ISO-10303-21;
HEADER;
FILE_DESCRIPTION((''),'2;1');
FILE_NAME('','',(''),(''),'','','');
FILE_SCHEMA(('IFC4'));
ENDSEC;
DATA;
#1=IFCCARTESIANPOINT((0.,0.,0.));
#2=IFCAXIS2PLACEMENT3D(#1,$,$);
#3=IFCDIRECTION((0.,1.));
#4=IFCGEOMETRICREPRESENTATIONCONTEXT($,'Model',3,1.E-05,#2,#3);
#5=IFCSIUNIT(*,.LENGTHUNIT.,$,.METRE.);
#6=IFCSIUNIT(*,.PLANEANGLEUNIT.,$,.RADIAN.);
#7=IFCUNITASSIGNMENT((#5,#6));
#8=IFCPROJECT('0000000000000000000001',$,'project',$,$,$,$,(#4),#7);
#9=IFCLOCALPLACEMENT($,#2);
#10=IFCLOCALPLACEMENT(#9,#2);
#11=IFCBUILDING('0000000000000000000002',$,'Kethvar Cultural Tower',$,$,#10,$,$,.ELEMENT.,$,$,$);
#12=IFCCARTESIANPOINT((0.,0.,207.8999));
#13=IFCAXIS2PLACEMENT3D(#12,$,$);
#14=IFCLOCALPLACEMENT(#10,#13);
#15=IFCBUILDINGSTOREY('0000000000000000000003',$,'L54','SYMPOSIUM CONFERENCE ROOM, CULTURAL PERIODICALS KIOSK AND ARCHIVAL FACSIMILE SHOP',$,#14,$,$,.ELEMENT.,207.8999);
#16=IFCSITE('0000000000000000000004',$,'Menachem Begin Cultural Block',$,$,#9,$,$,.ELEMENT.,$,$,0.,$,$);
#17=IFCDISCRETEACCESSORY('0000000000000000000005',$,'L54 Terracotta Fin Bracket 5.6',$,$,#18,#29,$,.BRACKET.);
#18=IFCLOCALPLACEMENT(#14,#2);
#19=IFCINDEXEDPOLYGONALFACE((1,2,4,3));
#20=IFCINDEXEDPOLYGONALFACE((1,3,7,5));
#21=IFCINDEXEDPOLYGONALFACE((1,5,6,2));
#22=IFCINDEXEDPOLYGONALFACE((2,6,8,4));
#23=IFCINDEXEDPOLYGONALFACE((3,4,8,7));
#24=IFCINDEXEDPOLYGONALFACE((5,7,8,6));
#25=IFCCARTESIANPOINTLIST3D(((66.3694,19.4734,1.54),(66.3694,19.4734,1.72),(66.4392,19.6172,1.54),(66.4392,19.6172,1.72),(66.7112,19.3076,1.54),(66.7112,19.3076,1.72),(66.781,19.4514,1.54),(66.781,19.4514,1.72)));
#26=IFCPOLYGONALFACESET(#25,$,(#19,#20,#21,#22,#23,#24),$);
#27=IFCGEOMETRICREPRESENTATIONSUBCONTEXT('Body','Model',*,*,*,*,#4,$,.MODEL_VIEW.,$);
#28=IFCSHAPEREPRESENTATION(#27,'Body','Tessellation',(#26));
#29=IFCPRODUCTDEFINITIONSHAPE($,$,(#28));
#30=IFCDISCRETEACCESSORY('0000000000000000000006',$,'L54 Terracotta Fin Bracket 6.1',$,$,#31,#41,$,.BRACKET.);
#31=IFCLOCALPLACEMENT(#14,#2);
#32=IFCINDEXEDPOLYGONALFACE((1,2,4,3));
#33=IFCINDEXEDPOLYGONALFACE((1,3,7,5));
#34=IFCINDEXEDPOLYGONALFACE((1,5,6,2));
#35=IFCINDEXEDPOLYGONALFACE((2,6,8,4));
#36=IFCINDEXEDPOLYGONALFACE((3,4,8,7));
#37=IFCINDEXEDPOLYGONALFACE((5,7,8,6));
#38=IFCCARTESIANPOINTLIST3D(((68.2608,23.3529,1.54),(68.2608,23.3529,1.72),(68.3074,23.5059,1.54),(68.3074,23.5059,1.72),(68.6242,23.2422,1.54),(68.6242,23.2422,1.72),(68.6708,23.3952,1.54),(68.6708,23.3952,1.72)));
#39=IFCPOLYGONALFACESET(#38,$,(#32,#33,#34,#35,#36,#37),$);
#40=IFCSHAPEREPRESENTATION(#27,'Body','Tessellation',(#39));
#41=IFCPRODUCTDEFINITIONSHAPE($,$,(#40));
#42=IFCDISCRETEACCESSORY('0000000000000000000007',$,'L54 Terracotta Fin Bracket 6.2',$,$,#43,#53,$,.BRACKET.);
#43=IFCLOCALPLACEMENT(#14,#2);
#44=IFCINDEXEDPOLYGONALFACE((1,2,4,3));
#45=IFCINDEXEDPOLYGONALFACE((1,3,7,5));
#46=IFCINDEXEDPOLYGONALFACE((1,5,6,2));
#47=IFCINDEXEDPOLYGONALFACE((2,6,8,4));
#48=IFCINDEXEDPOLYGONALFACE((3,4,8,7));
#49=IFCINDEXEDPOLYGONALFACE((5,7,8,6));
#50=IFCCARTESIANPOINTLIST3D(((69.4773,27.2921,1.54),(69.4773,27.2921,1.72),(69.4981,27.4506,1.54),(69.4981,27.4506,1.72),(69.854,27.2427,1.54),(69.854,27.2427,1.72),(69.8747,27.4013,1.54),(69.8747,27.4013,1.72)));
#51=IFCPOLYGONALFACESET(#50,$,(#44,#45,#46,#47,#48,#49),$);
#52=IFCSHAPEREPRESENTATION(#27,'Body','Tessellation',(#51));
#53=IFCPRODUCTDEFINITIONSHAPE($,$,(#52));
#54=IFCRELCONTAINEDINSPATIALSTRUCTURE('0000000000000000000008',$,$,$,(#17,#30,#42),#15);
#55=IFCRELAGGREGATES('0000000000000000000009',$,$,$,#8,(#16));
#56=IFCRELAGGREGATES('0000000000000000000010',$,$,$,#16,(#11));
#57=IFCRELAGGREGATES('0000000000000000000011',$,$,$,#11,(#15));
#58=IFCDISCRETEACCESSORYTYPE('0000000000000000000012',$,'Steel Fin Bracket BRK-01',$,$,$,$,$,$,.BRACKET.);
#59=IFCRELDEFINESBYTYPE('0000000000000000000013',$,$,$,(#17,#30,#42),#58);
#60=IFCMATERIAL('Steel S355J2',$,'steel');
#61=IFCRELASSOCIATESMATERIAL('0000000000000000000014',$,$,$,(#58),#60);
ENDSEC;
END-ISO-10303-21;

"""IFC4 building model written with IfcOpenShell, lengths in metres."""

from ifc_helpers import new_model, si_unit, direction, frame, origin, origin_2d, place, context, subcontext, project, spatial, rectangle, extrude, source, transform, mapped, material, type_object, element, save


model = new_model("IFC4")

# Units and contexts
model_context = context("Model", 3, precision=1e-05, world=origin(), true_north=direction((0.0, 1.0)))
body_context = subcontext(model_context, "Body", "Model", "MODEL_VIEW")
ifc_project = project(units=[si_unit("LENGTHUNIT", "METRE"), si_unit("PLANEANGLEUNIT", "RADIAN")], contexts=[model_context])

# Site, building, storey
site_placement = place(None, origin())
site = spatial("IfcSite", under=ifc_project, at=site_placement, Name="Menachem Begin Cultural Block", CompositionType="ELEMENT", RefElevation=0.0)
building_placement = place(site_placement, origin())
building = spatial("IfcBuilding", under=site, at=building_placement, Name="Kethvar Cultural Tower", CompositionType="ELEMENT")
storey_placement = place(building_placement, frame((0.0, 0.0, 207.8999)))
storey = spatial("IfcBuildingStorey", under=building, at=storey_placement, Name="L54", Description="SYMPOSIUM CONFERENCE ROOM, CULTURAL PERIODICALS KIOSK AND ARCHIVAL FACSIMILE SHOP", CompositionType="ELEMENT", Elevation=207.8999)

# Shared definitions
ifc_material_1 = material(Name="Steel S355J2", Category="steel")

# Discrete accessories
discrete_accessory_type = type_object("IfcDiscreteAccessoryType", Name="Steel Fin Bracket BRK-01", PredefinedType="BRACKET", material=ifc_material_1)
shared_shape_1 = source(origin(), body_context, "Body", "SweptSolid", [
    extrude(rectangle(XDim=0.3799, YDim=0.1599, at=origin_2d()), origin(), (0.0, 0.0, 1.0), 0.1799),
])
for number, where, z_axis, x_axis, name in (
    (1, (66.5752, 19.4624, 1.54), (0.0, 0.0, 1.0), (0.89971, -0.436488, 0.0), "L54 Terracotta Fin Bracket 5.6"),
    (2, (68.4658, 23.374, 1.54), (0.0, 0.0, 1.0), (0.95661, -0.29137, 0.0), "L54 Terracotta Fin Bracket 6.1"),
    (3, (69.676, 27.3467, 1.54), (0.0, 0.0, 1.0), (0.991536, -0.129834, 0.0), "L54 Terracotta Fin Bracket 6.2"),
):
    element("IfcDiscreteAccessory", number, at=place(storey_placement, frame(where, z_axis=z_axis, x_axis=x_axis)), inside=storey, type_object=discrete_accessory_type, Name=name, PredefinedType="BRACKET", context=body_context, shape_type="MappedRepresentation", body=[
        mapped(shared_shape_1, transform((0.0, 0.0, 0.0), scale=1.0)),
    ])

save(model, "model.ifc")
